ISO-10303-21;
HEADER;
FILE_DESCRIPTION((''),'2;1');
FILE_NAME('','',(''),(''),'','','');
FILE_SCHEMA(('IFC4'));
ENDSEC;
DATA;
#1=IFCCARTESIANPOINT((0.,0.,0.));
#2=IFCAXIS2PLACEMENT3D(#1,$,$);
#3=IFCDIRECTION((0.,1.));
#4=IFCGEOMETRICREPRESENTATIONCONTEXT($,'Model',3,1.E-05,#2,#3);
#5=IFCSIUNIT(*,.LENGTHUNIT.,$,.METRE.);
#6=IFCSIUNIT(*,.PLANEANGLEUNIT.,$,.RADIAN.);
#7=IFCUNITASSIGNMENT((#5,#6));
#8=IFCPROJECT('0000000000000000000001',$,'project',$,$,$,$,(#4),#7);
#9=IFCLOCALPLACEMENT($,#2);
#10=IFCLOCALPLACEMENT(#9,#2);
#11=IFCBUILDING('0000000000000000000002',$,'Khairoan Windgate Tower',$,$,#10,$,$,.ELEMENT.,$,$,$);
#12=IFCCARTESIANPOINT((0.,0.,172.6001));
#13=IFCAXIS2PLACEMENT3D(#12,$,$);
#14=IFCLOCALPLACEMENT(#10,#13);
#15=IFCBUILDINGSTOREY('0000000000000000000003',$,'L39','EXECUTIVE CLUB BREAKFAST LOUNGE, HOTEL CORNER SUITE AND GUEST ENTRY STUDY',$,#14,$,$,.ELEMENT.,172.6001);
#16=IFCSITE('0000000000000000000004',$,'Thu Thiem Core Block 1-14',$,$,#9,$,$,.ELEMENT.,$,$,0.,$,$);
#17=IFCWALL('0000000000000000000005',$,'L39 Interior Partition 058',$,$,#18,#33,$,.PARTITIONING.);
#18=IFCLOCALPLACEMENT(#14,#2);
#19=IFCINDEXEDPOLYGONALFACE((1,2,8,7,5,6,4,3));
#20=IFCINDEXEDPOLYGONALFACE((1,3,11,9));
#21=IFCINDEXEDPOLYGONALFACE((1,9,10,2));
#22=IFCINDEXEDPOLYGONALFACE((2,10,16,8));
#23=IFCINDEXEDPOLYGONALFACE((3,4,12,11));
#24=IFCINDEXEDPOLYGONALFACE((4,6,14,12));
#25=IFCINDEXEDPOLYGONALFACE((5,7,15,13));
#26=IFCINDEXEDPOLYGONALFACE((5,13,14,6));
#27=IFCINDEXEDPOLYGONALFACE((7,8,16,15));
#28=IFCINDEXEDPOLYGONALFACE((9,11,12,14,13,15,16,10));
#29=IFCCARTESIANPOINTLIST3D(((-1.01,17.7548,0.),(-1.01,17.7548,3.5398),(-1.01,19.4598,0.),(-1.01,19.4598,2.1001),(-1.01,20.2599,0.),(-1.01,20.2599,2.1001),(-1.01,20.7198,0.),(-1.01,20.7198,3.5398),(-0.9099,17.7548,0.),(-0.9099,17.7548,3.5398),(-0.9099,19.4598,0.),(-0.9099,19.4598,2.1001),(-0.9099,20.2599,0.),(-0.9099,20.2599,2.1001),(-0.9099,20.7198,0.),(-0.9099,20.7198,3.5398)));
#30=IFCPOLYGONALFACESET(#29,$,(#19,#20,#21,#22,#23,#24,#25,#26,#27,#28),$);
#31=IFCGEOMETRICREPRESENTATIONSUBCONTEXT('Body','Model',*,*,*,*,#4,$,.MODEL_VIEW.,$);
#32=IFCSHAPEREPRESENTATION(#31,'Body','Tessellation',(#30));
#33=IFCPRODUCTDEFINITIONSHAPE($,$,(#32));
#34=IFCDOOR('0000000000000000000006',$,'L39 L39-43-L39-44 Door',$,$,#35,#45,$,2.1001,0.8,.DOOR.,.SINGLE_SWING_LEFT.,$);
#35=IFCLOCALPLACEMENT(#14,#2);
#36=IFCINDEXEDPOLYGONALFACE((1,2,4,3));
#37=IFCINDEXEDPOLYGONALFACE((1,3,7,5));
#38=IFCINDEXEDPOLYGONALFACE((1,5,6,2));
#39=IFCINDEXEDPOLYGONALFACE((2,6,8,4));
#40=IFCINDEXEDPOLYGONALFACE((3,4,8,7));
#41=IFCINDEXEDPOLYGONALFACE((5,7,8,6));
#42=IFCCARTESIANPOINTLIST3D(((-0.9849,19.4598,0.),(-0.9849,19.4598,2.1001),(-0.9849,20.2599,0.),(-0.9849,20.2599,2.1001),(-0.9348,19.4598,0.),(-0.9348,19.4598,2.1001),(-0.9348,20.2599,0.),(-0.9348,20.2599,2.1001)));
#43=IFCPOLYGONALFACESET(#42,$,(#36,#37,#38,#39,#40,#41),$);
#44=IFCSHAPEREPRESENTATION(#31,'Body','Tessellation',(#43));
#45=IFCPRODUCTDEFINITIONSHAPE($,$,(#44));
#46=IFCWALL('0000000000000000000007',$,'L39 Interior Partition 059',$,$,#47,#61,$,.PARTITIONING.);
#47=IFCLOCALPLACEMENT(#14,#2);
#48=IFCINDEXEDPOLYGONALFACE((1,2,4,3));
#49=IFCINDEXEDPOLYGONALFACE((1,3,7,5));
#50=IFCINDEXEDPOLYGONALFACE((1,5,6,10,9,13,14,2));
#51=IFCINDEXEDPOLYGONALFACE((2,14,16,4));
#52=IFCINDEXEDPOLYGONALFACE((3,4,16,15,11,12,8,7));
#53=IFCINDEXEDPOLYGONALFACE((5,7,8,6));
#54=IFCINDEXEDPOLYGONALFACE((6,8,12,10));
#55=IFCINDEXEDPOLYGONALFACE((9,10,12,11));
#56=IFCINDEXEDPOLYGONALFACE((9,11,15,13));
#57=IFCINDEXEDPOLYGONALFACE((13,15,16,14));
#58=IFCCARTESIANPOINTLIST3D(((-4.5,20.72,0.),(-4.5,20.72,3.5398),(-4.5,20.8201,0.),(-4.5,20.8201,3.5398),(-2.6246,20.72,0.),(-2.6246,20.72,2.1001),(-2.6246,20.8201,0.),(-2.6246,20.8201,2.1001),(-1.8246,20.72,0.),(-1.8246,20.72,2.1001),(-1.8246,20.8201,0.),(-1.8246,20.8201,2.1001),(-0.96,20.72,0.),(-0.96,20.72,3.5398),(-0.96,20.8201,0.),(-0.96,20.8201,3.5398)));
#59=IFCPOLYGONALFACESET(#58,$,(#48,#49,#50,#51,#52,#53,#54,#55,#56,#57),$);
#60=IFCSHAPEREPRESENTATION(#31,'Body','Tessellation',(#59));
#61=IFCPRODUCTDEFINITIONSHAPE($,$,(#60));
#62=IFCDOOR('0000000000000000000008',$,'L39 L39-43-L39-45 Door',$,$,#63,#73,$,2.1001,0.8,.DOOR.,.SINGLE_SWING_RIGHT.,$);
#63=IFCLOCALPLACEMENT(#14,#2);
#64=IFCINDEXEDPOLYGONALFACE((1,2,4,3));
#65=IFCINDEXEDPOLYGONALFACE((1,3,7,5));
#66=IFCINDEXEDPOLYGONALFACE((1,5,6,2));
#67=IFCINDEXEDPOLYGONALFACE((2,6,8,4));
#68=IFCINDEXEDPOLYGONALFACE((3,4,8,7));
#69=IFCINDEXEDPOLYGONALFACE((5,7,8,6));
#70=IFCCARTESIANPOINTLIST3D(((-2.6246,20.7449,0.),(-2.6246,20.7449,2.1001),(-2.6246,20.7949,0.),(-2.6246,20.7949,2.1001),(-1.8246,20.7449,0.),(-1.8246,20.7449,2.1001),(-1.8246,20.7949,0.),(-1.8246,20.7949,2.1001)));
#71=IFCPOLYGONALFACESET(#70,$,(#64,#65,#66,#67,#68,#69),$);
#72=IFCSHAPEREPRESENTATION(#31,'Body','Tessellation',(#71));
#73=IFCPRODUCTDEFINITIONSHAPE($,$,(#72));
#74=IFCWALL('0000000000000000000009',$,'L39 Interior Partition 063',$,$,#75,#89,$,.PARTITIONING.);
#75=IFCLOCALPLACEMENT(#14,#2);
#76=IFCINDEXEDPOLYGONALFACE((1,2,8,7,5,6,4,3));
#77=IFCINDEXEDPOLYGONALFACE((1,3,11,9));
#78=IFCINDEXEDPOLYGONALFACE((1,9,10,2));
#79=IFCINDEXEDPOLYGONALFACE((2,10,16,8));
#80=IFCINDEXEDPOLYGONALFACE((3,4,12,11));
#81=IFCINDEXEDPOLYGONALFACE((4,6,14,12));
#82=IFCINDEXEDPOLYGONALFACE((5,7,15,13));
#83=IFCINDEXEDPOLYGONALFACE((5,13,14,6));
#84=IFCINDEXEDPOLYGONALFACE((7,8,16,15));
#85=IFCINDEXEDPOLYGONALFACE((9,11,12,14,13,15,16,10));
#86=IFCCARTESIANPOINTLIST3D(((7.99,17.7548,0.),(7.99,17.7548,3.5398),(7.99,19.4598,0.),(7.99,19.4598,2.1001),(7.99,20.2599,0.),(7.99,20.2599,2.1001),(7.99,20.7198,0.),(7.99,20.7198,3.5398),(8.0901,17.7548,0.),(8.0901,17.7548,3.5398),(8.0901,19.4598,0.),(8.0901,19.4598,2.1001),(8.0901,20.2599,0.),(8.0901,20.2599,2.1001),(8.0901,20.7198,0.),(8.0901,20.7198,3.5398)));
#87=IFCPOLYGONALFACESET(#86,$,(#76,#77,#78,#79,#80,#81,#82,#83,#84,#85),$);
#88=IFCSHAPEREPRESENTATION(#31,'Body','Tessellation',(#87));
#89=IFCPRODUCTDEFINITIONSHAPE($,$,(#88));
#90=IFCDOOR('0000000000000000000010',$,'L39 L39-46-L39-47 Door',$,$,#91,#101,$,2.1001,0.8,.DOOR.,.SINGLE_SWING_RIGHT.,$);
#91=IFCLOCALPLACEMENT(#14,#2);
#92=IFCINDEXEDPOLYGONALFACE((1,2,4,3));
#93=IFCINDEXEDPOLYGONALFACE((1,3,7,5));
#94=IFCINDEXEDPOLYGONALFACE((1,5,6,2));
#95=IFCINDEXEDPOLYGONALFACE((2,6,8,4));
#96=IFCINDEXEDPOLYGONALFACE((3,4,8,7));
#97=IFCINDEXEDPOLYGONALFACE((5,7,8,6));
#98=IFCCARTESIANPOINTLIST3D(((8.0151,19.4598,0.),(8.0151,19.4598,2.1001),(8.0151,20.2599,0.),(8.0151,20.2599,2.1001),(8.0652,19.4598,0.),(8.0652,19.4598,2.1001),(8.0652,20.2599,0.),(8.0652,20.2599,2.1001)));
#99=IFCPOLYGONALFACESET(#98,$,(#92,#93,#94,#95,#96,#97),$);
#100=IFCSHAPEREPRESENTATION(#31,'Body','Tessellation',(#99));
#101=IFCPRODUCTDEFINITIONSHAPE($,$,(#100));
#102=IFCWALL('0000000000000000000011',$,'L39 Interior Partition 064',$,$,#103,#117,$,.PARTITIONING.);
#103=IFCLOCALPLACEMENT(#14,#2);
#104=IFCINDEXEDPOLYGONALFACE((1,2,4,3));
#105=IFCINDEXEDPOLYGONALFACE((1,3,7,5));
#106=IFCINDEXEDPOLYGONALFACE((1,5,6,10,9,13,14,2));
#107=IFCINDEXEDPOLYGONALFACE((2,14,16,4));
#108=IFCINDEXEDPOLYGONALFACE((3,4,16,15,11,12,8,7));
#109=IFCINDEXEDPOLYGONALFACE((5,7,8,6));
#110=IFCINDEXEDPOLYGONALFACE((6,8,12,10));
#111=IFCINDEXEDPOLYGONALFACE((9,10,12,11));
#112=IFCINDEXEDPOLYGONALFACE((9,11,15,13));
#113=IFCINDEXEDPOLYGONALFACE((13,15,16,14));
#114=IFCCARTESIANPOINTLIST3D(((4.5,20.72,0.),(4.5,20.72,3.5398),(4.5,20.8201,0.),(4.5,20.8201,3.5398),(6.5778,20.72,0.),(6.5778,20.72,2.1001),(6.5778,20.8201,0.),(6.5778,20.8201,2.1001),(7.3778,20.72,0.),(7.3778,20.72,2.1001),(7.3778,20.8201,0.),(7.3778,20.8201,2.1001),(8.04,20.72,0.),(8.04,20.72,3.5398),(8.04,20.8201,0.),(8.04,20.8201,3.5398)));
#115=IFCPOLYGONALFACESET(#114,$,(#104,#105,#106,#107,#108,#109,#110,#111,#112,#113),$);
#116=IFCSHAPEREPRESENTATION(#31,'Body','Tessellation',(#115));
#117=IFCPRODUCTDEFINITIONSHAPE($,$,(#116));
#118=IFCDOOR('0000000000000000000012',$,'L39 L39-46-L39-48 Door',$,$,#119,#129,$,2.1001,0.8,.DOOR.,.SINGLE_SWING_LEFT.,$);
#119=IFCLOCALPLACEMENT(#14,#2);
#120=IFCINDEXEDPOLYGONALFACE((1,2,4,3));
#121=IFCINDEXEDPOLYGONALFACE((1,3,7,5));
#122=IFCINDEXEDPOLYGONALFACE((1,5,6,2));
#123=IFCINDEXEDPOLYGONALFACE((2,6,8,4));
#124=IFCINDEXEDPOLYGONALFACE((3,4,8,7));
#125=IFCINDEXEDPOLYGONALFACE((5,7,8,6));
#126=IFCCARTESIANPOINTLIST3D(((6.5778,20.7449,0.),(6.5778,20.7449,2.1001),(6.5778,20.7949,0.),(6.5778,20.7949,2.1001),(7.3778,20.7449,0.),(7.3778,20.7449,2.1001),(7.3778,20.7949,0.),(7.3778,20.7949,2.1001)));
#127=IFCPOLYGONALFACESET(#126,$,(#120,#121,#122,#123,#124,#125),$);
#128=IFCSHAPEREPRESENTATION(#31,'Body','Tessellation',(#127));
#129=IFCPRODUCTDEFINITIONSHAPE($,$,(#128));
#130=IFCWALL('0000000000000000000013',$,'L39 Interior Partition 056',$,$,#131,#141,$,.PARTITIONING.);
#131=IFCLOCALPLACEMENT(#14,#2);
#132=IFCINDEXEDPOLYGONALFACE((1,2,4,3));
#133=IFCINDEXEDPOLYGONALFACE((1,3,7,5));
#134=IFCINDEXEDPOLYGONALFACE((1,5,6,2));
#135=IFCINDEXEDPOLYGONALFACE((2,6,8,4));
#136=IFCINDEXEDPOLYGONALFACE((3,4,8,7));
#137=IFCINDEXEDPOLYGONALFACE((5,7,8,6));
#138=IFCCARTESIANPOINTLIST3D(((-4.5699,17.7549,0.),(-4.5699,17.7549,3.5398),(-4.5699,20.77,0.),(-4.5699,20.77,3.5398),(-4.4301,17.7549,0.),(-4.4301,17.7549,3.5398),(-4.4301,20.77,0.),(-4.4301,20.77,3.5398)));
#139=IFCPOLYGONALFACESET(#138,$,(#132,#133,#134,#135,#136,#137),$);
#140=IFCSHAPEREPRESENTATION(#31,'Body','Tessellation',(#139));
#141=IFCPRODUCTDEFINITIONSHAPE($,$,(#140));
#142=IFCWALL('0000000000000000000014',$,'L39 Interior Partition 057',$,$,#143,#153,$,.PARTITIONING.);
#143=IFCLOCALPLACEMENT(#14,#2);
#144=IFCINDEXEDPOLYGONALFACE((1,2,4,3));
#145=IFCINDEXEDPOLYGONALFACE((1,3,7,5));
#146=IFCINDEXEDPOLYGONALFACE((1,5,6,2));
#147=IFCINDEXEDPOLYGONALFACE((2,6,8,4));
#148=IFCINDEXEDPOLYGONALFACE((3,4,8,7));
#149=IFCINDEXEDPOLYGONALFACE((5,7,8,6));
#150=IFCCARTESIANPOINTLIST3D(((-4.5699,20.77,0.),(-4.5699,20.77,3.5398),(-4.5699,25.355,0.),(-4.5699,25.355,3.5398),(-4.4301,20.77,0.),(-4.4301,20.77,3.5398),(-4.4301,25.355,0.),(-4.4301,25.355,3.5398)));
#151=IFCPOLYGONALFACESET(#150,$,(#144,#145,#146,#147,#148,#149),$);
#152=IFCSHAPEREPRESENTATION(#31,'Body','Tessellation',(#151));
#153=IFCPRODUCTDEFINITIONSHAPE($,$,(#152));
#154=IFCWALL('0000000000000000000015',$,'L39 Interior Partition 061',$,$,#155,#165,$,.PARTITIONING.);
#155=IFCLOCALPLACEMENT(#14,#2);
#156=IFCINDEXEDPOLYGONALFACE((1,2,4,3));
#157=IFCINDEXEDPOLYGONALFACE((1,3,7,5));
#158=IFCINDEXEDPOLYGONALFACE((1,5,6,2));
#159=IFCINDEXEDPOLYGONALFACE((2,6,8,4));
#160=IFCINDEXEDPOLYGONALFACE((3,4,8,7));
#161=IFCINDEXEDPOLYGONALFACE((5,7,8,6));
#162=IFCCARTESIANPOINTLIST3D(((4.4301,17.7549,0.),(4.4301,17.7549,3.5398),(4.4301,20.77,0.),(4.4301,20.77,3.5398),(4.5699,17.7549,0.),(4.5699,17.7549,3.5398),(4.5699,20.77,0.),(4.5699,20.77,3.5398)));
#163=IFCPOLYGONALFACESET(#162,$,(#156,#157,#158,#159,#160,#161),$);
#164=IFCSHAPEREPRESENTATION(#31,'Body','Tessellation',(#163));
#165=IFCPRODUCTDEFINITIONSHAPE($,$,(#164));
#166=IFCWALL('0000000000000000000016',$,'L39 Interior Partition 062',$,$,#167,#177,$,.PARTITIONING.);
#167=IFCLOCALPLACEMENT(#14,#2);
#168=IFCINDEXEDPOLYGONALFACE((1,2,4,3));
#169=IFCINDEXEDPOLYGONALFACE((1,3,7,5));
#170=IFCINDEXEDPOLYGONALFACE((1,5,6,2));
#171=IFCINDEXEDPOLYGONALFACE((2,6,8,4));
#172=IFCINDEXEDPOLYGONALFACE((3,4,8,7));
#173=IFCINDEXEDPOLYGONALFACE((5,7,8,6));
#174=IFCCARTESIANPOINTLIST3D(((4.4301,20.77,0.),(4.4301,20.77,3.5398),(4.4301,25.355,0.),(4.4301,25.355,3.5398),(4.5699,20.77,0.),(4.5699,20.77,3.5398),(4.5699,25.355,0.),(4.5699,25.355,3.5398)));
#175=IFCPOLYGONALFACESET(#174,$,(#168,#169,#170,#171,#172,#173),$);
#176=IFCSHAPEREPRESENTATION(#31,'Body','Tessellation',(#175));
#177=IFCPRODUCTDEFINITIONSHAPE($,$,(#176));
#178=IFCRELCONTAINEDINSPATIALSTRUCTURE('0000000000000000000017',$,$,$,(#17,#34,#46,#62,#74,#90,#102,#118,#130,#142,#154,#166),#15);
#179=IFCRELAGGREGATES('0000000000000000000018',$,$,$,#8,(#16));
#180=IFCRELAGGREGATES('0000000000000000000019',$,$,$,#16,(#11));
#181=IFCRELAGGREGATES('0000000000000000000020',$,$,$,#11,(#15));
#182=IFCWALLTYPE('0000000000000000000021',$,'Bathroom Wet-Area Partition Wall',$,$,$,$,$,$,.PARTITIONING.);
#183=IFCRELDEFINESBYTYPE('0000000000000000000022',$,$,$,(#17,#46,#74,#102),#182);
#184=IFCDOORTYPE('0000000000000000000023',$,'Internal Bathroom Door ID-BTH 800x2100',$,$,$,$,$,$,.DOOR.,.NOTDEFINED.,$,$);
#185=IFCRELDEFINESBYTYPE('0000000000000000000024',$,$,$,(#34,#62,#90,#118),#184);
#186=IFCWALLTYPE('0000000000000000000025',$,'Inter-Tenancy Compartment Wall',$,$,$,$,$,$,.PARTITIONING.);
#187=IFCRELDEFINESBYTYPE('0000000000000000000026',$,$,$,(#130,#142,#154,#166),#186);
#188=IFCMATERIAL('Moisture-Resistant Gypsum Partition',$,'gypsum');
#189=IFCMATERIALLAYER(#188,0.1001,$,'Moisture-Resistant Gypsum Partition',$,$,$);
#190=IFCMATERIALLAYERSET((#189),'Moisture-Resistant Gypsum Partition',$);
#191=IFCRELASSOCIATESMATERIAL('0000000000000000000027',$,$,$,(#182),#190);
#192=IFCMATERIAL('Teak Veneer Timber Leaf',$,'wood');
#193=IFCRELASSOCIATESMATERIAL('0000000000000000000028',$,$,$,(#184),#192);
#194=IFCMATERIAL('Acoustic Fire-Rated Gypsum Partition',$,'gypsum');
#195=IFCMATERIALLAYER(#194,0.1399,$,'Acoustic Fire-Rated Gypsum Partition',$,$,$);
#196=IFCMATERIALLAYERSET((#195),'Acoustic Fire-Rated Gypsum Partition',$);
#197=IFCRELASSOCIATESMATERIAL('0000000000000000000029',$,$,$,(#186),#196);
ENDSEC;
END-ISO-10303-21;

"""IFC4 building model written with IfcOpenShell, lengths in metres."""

from ifc_helpers import new_model, si_unit, direction, frame, frame_2d, origin, place, context, subcontext, project, spatial, rectangle, extrude, material, layer, layer_set, type_object, element, fill, save


model = new_model("IFC4")

# Units and contexts
model_context = context("Model", 3, precision=1e-05, world=origin(), true_north=direction((0.0, 1.0)))
body_context = subcontext(model_context, "Body", "Model", "MODEL_VIEW")
ifc_project = project(units=[si_unit("LENGTHUNIT", "METRE"), si_unit("PLANEANGLEUNIT", "RADIAN")], contexts=[model_context])

# Site, building, storey
site_placement = place(None, origin())
site = spatial("IfcSite", under=ifc_project, at=site_placement, Name="Thu Thiem Core Block 1-14", CompositionType="ELEMENT", RefElevation=0.0)
building_placement = place(site_placement, origin())
building = spatial("IfcBuilding", under=site, at=building_placement, Name="Khairoan Windgate Tower", CompositionType="ELEMENT")
storey_placement = place(building_placement, frame((0.0, 0.0, 172.6001)))
storey = spatial("IfcBuildingStorey", under=building, at=storey_placement, Name="L39", Description="EXECUTIVE CLUB BREAKFAST LOUNGE, HOTEL CORNER SUITE AND GUEST ENTRY STUDY", CompositionType="ELEMENT", Elevation=172.6001)

# Walls, openings, doors
ifc_material_1 = material(Name="Moisture-Resistant Gypsum Partition", Category="gypsum")
ifc_layer_1 = layer(ifc_material_1, 0.1001, Name="Moisture-Resistant Gypsum Partition")
ifc_layer_set_1 = layer_set([ifc_layer_1], Name="Moisture-Resistant Gypsum Partition")
wall_type_1 = type_object("IfcWallType", Name="Bathroom Wet-Area Partition Wall", PredefinedType="PARTITIONING", material=ifc_layer_set_1)
wall_1_placement = place(storey_placement, frame((-0.96, 17.7549, 0.0), z_axis=(0.0, 0.0, 1.0), x_axis=(0.0, 1.0, 0.0)))
wall_1 = element("IfcWall", 1, at=wall_1_placement, inside=storey, type_object=wall_type_1, Name="L39 Interior Partition 058", PredefinedType="PARTITIONING", context=body_context, shape_type="SweptSolid", body=[
    extrude(rectangle(XDim=2.9651, YDim=0.1001, at=frame_2d((1.4824, 0.0))), origin(), (0.0, 0.0, 1.0), 3.5398),
])
opening_1_placement = place(wall_1_placement, frame((1.7051, 0.0, 0.0)))
opening_1 = element("IfcOpeningElement", 2, at=opening_1_placement, cuts=wall_1, PredefinedType="OPENING", context=body_context, shape_type="SweptSolid", body=[
    extrude(rectangle(XDim=0.8, YDim=2.1001, at=frame_2d((0.3999, 1.05))), frame((0.0, 0.0601, 0.0), z_axis=(0.0, -1.0, 0.0), x_axis=(1.0, 0.0, 0.0)), (0.0, 0.0, 1.0), 0.1201),
])
ifc_material_2 = material(Name="Teak Veneer Timber Leaf", Category="wood")
door_type_1 = type_object("IfcDoorType", Name="Internal Bathroom Door ID-BTH 800x2100", OperationType="NOTDEFINED", PredefinedType="DOOR", material=ifc_material_2)
door_1_placement = place(opening_1_placement, origin())
door_1 = element("IfcDoor", 3, at=door_1_placement, inside=storey, type_object=door_type_1, Name="L39 L39-43-L39-44 Door", OperationType="SINGLE_SWING_LEFT", OverallHeight=2.1001, OverallWidth=0.8, PredefinedType="DOOR", context=body_context, shape_type="SweptSolid", body=[
    extrude(rectangle(XDim=0.8, YDim=2.1001, at=frame_2d((0.3999, 1.05))), frame((0.0, 0.0249, 0.0), z_axis=(0.0, -1.0, 0.0), x_axis=(1.0, 0.0, 0.0)), (0.0, 0.0, 1.0), 0.05),
])
fill(opening_1, door_1)
wall_2_placement = place(storey_placement, frame((-4.5, 20.77, 0.0), z_axis=(0.0, 0.0, 1.0), x_axis=(1.0, 0.0, 0.0)))
wall_2 = element("IfcWall", 4, at=wall_2_placement, inside=storey, type_object=wall_type_1, Name="L39 Interior Partition 059", PredefinedType="PARTITIONING", context=body_context, shape_type="SweptSolid", body=[
    extrude(rectangle(XDim=3.54, YDim=0.1001, at=frame_2d((1.77, 0.0))), origin(), (0.0, 0.0, 1.0), 3.5398),
])
opening_2_placement = place(wall_2_placement, frame((1.8755, 0.0, 0.0)))
opening_2 = element("IfcOpeningElement", 5, at=opening_2_placement, cuts=wall_2, PredefinedType="OPENING", context=body_context, shape_type="SweptSolid", body=[
    extrude(rectangle(XDim=0.8, YDim=2.1001, at=frame_2d((0.3999, 1.05))), frame((0.0, 0.0601, 0.0), z_axis=(0.0, -1.0, 0.0), x_axis=(1.0, 0.0, 0.0)), (0.0, 0.0, 1.0), 0.1201),
])
door_2_placement = place(opening_2_placement, origin())
door_2 = element("IfcDoor", 6, at=door_2_placement, inside=storey, type_object=door_type_1, Name="L39 L39-43-L39-45 Door", OperationType="SINGLE_SWING_RIGHT", OverallHeight=2.1001, OverallWidth=0.8, PredefinedType="DOOR", context=body_context, shape_type="SweptSolid", body=[
    extrude(rectangle(XDim=0.8, YDim=2.1001, at=frame_2d((0.3999, 1.05))), frame((0.0, 0.0249, 0.0), z_axis=(0.0, -1.0, 0.0), x_axis=(1.0, 0.0, 0.0)), (0.0, 0.0, 1.0), 0.05),
])
fill(opening_2, door_2)
wall_3_placement = place(storey_placement, frame((8.04, 17.7549, 0.0), z_axis=(0.0, 0.0, 1.0), x_axis=(0.0, 1.0, 0.0)))
wall_3 = element("IfcWall", 7, at=wall_3_placement, inside=storey, type_object=wall_type_1, Name="L39 Interior Partition 063", PredefinedType="PARTITIONING", context=body_context, shape_type="SweptSolid", body=[
    extrude(rectangle(XDim=2.9651, YDim=0.1001, at=frame_2d((1.4824, 0.0))), origin(), (0.0, 0.0, 1.0), 3.5398),
])
opening_3_placement = place(wall_3_placement, frame((1.7051, 0.0, 0.0)))
opening_3 = element("IfcOpeningElement", 8, at=opening_3_placement, cuts=wall_3, PredefinedType="OPENING", context=body_context, shape_type="SweptSolid", body=[
    extrude(rectangle(XDim=0.8, YDim=2.1001, at=frame_2d((0.3999, 1.05))), frame((0.0, 0.0601, 0.0), z_axis=(0.0, -1.0, 0.0), x_axis=(1.0, 0.0, 0.0)), (0.0, 0.0, 1.0), 0.1201),
])
door_3_placement = place(opening_3_placement, origin())
door_3 = element("IfcDoor", 9, at=door_3_placement, inside=storey, type_object=door_type_1, Name="L39 L39-46-L39-47 Door", OperationType="SINGLE_SWING_RIGHT", OverallHeight=2.1001, OverallWidth=0.8, PredefinedType="DOOR", context=body_context, shape_type="SweptSolid", body=[
    extrude(rectangle(XDim=0.8, YDim=2.1001, at=frame_2d((0.3999, 1.05))), frame((0.0, 0.0249, 0.0), z_axis=(0.0, -1.0, 0.0), x_axis=(1.0, 0.0, 0.0)), (0.0, 0.0, 1.0), 0.05),
])
fill(opening_3, door_3)
wall_4_placement = place(storey_placement, frame((4.5, 20.77, 0.0), z_axis=(0.0, 0.0, 1.0), x_axis=(1.0, 0.0, 0.0)))
wall_4 = element("IfcWall", 10, at=wall_4_placement, inside=storey, type_object=wall_type_1, Name="L39 Interior Partition 064", PredefinedType="PARTITIONING", context=body_context, shape_type="SweptSolid", body=[
    extrude(rectangle(XDim=3.54, YDim=0.1001, at=frame_2d((1.77, 0.0))), origin(), (0.0, 0.0, 1.0), 3.5398),
])
opening_4_placement = place(wall_4_placement, frame((2.0779, 0.0, 0.0)))
opening_4 = element("IfcOpeningElement", 11, at=opening_4_placement, cuts=wall_4, PredefinedType="OPENING", context=body_context, shape_type="SweptSolid", body=[
    extrude(rectangle(XDim=0.8, YDim=2.1001, at=frame_2d((0.3999, 1.05))), frame((0.0, 0.0601, 0.0), z_axis=(0.0, -1.0, 0.0), x_axis=(1.0, 0.0, 0.0)), (0.0, 0.0, 1.0), 0.1201),
])
door_4_placement = place(opening_4_placement, origin())
door_4 = element("IfcDoor", 12, at=door_4_placement, inside=storey, type_object=door_type_1, Name="L39 L39-46-L39-48 Door", OperationType="SINGLE_SWING_LEFT", OverallHeight=2.1001, OverallWidth=0.8, PredefinedType="DOOR", context=body_context, shape_type="SweptSolid", body=[
    extrude(rectangle(XDim=0.8, YDim=2.1001, at=frame_2d((0.3999, 1.05))), frame((0.0, 0.0249, 0.0), z_axis=(0.0, -1.0, 0.0), x_axis=(1.0, 0.0, 0.0)), (0.0, 0.0, 1.0), 0.05),
])
fill(opening_4, door_4)

# Walls
ifc_material_3 = material(Name="Acoustic Fire-Rated Gypsum Partition", Category="gypsum")
ifc_layer_2 = layer(ifc_material_3, 0.1399, Name="Acoustic Fire-Rated Gypsum Partition")
ifc_layer_set_2 = layer_set([ifc_layer_2], Name="Acoustic Fire-Rated Gypsum Partition")
wall_type_2 = type_object("IfcWallType", Name="Inter-Tenancy Compartment Wall", PredefinedType="PARTITIONING", material=ifc_layer_set_2)
wall_5_placement = place(storey_placement, frame((-4.5, 17.7549, 0.0), z_axis=(0.0, 0.0, 1.0), x_axis=(0.0, 1.0, 0.0)))
element("IfcWall", 13, at=wall_5_placement, inside=storey, type_object=wall_type_2, Name="L39 Interior Partition 056", PredefinedType="PARTITIONING", context=body_context, shape_type="SweptSolid", body=[
    extrude(rectangle(XDim=3.0151, YDim=0.1399, at=frame_2d((1.5076, 0.0))), origin(), (0.0, 0.0, 1.0), 3.5398),
])
wall_6_placement = place(storey_placement, frame((-4.5, 20.77, 0.0), z_axis=(0.0, 0.0, 1.0), x_axis=(0.0, 1.0, 0.0)))
element("IfcWall", 14, at=wall_6_placement, inside=storey, type_object=wall_type_2, Name="L39 Interior Partition 057", PredefinedType="PARTITIONING", context=body_context, shape_type="SweptSolid", body=[
    extrude(rectangle(XDim=4.585, YDim=0.1399, at=frame_2d((2.2925, 0.0))), origin(), (0.0, 0.0, 1.0), 3.5398),
])
wall_7_placement = place(storey_placement, frame((4.5, 17.7549, 0.0), z_axis=(0.0, 0.0, 1.0), x_axis=(0.0, 1.0, 0.0)))
element("IfcWall", 15, at=wall_7_placement, inside=storey, type_object=wall_type_2, Name="L39 Interior Partition 061", PredefinedType="PARTITIONING", context=body_context, shape_type="SweptSolid", body=[
    extrude(rectangle(XDim=3.0151, YDim=0.1399, at=frame_2d((1.5076, 0.0))), origin(), (0.0, 0.0, 1.0), 3.5398),
])
wall_8_placement = place(storey_placement, frame((4.5, 20.77, 0.0), z_axis=(0.0, 0.0, 1.0), x_axis=(0.0, 1.0, 0.0)))
element("IfcWall", 16, at=wall_8_placement, inside=storey, type_object=wall_type_2, Name="L39 Interior Partition 062", PredefinedType="PARTITIONING", context=body_context, shape_type="SweptSolid", body=[
    extrude(rectangle(XDim=4.585, YDim=0.1399, at=frame_2d((2.2925, 0.0))), origin(), (0.0, 0.0, 1.0), 3.5398),
])

save(model, "model.ifc")
